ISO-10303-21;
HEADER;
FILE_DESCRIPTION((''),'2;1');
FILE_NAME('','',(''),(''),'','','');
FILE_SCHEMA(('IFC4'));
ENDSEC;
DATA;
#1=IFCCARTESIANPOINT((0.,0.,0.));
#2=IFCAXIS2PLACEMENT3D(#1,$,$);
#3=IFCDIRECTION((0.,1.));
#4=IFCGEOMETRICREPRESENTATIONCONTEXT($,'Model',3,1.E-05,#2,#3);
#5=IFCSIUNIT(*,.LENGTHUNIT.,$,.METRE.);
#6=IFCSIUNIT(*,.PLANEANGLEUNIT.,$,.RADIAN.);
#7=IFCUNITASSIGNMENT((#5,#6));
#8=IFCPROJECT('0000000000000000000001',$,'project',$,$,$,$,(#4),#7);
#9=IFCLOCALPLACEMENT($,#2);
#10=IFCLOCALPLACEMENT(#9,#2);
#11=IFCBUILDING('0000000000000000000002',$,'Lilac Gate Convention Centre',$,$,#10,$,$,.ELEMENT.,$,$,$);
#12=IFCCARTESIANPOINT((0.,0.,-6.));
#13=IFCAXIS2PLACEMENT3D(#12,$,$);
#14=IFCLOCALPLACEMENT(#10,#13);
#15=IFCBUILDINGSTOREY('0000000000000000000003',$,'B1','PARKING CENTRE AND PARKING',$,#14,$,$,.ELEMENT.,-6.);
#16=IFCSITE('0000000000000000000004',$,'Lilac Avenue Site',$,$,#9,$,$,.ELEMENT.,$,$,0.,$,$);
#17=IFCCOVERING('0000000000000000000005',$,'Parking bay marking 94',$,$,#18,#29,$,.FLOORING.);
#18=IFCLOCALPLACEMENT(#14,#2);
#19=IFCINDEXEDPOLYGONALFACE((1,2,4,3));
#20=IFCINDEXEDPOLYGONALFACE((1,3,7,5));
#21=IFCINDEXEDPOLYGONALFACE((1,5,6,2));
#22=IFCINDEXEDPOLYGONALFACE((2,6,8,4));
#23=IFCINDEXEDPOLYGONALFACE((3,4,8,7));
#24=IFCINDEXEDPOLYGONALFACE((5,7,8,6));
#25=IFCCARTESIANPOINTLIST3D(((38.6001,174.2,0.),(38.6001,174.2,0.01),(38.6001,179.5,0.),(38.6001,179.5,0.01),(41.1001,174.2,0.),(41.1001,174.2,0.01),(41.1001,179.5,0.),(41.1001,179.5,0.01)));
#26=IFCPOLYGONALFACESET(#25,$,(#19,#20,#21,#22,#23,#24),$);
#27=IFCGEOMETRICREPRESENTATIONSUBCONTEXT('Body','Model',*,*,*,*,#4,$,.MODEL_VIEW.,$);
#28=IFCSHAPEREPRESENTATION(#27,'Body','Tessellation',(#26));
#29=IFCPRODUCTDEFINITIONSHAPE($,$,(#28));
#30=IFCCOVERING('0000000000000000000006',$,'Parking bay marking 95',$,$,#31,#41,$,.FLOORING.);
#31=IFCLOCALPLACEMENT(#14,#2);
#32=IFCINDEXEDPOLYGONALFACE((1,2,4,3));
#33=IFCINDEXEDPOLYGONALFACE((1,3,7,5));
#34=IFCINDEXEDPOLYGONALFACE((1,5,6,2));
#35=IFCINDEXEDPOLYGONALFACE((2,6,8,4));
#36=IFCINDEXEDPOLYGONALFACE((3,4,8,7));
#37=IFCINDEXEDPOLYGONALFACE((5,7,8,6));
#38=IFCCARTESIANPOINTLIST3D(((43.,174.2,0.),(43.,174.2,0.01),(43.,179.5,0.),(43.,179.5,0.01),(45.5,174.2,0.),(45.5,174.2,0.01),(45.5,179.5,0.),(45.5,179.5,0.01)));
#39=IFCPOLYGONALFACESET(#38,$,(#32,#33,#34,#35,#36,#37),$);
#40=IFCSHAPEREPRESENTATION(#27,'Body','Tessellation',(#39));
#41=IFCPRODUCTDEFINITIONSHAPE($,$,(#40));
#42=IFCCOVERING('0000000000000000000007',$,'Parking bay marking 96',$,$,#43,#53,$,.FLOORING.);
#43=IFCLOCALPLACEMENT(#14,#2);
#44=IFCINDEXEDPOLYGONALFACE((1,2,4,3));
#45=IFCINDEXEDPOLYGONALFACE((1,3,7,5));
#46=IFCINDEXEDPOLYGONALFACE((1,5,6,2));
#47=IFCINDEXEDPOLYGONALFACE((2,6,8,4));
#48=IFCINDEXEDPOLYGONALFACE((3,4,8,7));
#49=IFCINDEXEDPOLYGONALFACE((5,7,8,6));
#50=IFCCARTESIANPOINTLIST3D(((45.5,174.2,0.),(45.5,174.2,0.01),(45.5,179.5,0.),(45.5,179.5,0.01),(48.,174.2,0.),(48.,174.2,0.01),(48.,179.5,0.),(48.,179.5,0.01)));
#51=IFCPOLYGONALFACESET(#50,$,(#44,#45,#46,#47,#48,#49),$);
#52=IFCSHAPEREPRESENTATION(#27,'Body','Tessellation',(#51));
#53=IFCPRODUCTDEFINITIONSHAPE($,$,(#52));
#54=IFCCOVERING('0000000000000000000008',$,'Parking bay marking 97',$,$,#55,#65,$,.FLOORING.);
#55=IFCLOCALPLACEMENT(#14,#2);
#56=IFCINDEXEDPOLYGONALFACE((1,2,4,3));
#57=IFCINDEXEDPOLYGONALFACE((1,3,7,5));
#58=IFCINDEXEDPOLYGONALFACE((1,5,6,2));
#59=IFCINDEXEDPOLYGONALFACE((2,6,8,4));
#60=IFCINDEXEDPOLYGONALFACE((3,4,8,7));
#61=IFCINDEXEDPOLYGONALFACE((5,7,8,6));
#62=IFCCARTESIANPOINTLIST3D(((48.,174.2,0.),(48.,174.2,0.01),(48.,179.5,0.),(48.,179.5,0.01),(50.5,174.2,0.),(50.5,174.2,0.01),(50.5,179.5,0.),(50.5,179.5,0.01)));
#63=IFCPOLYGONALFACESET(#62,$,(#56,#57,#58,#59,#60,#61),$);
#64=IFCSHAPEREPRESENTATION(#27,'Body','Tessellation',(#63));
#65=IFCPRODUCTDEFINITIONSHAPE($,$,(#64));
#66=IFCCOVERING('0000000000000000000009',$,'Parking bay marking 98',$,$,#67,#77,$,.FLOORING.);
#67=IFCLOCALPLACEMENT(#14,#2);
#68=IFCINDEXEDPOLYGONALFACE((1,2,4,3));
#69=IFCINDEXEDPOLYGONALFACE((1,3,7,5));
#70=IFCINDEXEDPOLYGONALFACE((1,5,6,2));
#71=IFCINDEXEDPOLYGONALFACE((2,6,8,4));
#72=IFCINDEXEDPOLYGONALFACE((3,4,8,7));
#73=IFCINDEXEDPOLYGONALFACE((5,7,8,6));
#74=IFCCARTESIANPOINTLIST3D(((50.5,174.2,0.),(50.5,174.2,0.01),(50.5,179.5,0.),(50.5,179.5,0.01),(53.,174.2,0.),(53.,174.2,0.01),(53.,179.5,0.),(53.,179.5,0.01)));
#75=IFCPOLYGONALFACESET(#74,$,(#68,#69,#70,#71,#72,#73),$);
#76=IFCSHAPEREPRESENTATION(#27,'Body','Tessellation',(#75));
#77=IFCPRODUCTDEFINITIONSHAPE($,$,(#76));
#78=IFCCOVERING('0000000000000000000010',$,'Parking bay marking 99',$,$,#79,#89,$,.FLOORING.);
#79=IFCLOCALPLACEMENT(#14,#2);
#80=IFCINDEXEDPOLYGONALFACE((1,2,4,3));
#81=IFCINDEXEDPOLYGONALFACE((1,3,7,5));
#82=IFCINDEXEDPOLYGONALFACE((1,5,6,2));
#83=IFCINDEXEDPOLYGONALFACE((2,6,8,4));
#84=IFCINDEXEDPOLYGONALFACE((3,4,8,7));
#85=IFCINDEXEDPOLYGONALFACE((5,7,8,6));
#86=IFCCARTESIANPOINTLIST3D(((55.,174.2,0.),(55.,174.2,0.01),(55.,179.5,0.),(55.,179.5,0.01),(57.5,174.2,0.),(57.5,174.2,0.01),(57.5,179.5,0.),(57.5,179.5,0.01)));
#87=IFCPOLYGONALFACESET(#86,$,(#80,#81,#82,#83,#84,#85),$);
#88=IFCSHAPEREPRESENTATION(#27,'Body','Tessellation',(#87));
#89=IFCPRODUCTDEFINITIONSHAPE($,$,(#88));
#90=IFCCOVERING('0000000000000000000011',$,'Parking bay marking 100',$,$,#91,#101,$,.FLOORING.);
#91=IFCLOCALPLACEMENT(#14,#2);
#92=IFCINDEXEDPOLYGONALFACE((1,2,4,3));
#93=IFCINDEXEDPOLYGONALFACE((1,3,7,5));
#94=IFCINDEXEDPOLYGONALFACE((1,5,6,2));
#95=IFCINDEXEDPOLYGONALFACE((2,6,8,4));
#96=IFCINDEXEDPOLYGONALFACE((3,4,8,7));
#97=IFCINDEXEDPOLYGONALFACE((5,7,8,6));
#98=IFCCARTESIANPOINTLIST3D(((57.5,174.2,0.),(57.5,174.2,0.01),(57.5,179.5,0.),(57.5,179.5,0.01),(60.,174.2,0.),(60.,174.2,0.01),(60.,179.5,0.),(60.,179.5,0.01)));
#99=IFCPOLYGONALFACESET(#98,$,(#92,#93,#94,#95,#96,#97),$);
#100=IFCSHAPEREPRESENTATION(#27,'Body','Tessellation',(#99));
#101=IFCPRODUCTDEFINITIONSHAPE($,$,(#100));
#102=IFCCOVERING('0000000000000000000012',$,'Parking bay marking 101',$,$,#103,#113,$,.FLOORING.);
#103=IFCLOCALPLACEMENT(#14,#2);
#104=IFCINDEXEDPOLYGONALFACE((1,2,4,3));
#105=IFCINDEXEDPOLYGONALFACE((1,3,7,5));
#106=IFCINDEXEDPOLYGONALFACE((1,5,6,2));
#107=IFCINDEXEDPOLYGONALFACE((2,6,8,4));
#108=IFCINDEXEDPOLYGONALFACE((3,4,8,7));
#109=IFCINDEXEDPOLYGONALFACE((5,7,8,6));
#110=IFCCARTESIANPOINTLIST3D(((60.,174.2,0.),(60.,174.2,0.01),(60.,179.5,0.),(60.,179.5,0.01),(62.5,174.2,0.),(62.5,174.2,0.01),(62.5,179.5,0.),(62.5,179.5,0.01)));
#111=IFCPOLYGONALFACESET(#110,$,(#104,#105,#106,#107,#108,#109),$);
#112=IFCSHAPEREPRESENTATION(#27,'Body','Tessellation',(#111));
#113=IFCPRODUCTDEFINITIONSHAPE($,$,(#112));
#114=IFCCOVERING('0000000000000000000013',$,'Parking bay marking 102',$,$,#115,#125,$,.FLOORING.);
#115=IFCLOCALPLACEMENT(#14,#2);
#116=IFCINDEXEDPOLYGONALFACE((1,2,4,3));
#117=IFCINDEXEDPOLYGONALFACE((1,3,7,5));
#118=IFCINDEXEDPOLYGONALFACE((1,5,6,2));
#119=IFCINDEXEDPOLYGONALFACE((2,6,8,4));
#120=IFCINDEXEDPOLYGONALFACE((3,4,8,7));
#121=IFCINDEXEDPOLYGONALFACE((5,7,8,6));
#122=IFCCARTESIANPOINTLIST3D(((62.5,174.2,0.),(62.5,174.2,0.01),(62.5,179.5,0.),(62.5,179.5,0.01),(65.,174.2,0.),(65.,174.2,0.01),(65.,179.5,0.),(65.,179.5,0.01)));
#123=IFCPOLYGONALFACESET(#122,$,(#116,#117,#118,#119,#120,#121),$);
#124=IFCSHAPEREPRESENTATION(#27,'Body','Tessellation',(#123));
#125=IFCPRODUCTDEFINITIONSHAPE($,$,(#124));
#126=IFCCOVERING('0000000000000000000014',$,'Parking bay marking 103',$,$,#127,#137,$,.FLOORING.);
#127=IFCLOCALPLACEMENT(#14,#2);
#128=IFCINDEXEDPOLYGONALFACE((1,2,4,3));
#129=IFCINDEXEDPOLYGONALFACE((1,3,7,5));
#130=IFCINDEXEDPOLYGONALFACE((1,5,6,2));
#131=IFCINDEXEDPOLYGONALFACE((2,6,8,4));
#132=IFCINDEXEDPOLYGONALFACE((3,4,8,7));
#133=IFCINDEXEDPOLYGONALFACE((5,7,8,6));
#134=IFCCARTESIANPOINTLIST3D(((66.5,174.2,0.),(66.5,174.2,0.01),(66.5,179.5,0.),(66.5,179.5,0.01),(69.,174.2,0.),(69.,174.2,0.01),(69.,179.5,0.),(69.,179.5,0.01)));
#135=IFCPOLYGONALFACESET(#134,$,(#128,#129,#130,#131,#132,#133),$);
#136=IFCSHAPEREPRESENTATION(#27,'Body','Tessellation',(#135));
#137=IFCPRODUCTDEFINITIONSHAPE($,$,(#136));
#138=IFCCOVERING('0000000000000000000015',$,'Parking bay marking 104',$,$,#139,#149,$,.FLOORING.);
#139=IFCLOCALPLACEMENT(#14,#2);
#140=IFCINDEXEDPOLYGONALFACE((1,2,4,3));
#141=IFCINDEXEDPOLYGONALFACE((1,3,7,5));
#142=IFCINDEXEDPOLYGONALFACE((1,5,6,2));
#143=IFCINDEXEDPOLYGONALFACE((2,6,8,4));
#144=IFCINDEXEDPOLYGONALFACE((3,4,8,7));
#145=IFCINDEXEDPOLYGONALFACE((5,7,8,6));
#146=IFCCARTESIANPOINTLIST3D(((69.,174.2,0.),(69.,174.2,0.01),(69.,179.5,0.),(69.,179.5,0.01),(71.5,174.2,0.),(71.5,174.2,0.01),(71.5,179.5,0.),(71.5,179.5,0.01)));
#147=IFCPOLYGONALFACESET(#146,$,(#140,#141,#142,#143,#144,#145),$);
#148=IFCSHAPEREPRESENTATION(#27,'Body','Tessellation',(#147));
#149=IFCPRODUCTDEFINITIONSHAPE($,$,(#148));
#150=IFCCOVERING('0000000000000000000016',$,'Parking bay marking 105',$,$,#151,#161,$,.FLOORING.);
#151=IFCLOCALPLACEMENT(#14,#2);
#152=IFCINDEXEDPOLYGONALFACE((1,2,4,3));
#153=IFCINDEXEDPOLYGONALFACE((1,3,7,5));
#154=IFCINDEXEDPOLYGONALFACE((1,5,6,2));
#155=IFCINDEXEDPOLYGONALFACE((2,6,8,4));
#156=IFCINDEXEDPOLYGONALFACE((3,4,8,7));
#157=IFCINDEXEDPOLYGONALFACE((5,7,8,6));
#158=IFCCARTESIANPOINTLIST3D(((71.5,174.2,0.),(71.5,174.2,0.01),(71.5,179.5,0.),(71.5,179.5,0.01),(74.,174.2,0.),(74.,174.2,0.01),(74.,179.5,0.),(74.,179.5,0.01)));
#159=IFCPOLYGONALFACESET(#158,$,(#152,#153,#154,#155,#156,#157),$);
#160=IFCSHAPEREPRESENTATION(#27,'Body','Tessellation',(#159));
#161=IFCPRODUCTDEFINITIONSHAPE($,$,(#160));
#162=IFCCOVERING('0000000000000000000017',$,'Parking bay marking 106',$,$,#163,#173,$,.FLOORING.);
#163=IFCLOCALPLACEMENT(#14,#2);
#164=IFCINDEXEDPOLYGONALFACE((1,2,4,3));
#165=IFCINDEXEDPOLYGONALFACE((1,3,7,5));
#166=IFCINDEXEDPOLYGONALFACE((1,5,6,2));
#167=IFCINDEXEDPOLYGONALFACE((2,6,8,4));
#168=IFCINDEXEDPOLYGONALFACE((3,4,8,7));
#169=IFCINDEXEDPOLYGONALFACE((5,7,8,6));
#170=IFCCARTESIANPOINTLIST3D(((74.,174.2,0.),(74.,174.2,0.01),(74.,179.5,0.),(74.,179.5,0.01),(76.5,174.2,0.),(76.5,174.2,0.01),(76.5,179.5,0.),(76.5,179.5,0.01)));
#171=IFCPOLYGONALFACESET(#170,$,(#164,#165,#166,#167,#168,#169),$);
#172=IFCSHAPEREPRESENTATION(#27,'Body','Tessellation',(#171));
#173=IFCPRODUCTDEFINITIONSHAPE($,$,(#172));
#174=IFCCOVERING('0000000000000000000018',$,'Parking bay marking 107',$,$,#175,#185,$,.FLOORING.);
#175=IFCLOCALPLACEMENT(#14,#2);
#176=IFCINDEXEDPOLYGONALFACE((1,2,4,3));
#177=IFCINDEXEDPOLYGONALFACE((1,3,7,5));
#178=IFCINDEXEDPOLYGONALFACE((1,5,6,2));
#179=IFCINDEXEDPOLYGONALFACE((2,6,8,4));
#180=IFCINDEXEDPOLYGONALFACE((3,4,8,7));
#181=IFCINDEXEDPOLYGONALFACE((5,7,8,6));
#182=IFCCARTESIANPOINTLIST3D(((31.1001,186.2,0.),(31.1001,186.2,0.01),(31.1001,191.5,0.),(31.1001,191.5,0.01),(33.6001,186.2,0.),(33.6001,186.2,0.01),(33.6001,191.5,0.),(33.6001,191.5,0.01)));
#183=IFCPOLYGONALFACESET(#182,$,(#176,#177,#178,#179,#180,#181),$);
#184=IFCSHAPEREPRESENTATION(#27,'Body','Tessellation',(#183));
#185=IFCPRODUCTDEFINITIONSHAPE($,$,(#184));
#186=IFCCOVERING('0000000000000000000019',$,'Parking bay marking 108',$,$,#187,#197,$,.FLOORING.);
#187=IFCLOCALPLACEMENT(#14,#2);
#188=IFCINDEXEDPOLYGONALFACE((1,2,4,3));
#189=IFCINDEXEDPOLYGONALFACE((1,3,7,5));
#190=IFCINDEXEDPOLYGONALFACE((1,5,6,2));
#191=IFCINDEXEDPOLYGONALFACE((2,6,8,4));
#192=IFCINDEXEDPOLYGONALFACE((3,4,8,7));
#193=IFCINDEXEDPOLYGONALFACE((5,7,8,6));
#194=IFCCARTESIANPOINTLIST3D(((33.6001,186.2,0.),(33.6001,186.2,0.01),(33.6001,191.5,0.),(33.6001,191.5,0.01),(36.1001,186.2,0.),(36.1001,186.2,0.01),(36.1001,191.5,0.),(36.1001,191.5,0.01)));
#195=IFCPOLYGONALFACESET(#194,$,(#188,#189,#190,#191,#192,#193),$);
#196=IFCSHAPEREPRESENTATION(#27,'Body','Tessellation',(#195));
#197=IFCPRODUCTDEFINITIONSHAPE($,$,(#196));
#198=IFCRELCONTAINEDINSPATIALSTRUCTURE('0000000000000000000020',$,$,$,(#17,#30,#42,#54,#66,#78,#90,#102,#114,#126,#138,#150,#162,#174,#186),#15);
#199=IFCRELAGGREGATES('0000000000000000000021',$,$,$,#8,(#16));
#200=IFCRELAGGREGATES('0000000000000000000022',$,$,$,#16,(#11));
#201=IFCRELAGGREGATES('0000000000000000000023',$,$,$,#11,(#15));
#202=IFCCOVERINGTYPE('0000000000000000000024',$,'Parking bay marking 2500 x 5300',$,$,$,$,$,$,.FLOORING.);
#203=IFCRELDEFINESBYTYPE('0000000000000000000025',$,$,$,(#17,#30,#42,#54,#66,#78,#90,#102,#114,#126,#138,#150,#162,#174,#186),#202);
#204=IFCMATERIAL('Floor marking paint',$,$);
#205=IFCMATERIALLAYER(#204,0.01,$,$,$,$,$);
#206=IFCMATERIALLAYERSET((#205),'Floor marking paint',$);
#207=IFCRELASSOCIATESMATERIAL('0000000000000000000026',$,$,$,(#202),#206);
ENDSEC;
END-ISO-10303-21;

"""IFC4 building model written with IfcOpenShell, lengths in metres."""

from ifc_helpers import new_model, si_unit, direction, frame, origin, place, context, subcontext, project, spatial, polyline, outline, extrude, material, layer, layer_set, type_object, element, save


model = new_model("IFC4")

# Units and contexts
model_context = context("Model", 3, precision=1e-05, world=origin(), true_north=direction((0.0, 1.0)))
body_context = subcontext(model_context, "Body", "Model", "MODEL_VIEW")
ifc_project = project(units=[si_unit("LENGTHUNIT", "METRE"), si_unit("PLANEANGLEUNIT", "RADIAN")], contexts=[model_context])

# Site, building, storey
site_placement = place(None, origin())
site = spatial("IfcSite", under=ifc_project, at=site_placement, Name="Lilac Avenue Site", CompositionType="ELEMENT", RefElevation=0.0)
building_placement = place(site_placement, origin())
building = spatial("IfcBuilding", under=site, at=building_placement, Name="Lilac Gate Convention Centre", CompositionType="ELEMENT")
storey_placement = place(building_placement, frame((0.0, 0.0, -6.0)))
storey = spatial("IfcBuildingStorey", under=building, at=storey_placement, Name="B1", Description="PARKING CENTRE AND PARKING", CompositionType="ELEMENT", Elevation=-6.0)

# Coverings
ifc_material = material(Name="Floor marking paint")
ifc_layer = layer(ifc_material, 0.01)
ifc_layer_set = layer_set([ifc_layer], Name="Floor marking paint")
covering_type = type_object("IfcCoveringType", Name="Parking bay marking 2500 x 5300", PredefinedType="FLOORING", material=ifc_layer_set)
covering_1_placement = place(storey_placement, origin())
element("IfcCovering", 1, at=covering_1_placement, inside=storey, type_object=covering_type, Name="Parking bay marking 94", PredefinedType="FLOORING", context=body_context, shape_type="SweptSolid", body=[
    extrude(outline(polyline([(38.6001, 174.2), (41.1001, 174.2), (41.1001, 179.5), (38.6001, 179.5), (38.6001, 174.2)])), origin(), (0.0, 0.0, 1.0), 0.01),
])
covering_2_placement = place(storey_placement, origin())
element("IfcCovering", 2, at=covering_2_placement, inside=storey, type_object=covering_type, Name="Parking bay marking 95", PredefinedType="FLOORING", context=body_context, shape_type="SweptSolid", body=[
    extrude(outline(polyline([(43.0, 174.2), (45.5, 174.2), (45.5, 179.5), (43.0, 179.5), (43.0, 174.2)])), origin(), (0.0, 0.0, 1.0), 0.01),
])
covering_3_placement = place(storey_placement, origin())
element("IfcCovering", 3, at=covering_3_placement, inside=storey, type_object=covering_type, Name="Parking bay marking 96", PredefinedType="FLOORING", context=body_context, shape_type="SweptSolid", body=[
    extrude(outline(polyline([(45.5, 174.2), (48.0, 174.2), (48.0, 179.5), (45.5, 179.5), (45.5, 174.2)])), origin(), (0.0, 0.0, 1.0), 0.01),
])
covering_4_placement = place(storey_placement, origin())
element("IfcCovering", 4, at=covering_4_placement, inside=storey, type_object=covering_type, Name="Parking bay marking 97", PredefinedType="FLOORING", context=body_context, shape_type="SweptSolid", body=[
    extrude(outline(polyline([(48.0, 174.2), (50.5, 174.2), (50.5, 179.5), (48.0, 179.5), (48.0, 174.2)])), origin(), (0.0, 0.0, 1.0), 0.01),
])
covering_5_placement = place(storey_placement, origin())
element("IfcCovering", 5, at=covering_5_placement, inside=storey, type_object=covering_type, Name="Parking bay marking 98", PredefinedType="FLOORING", context=body_context, shape_type="SweptSolid", body=[
    extrude(outline(polyline([(50.5, 174.2), (53.0, 174.2), (53.0, 179.5), (50.5, 179.5), (50.5, 174.2)])), origin(), (0.0, 0.0, 1.0), 0.01),
])
covering_6_placement = place(storey_placement, origin())
element("IfcCovering", 6, at=covering_6_placement, inside=storey, type_object=covering_type, Name="Parking bay marking 99", PredefinedType="FLOORING", context=body_context, shape_type="SweptSolid", body=[
    extrude(outline(polyline([(55.0, 174.2), (57.5, 174.2), (57.5, 179.5), (55.0, 179.5), (55.0, 174.2)])), origin(), (0.0, 0.0, 1.0), 0.01),
])
covering_7_placement = place(storey_placement, origin())
element("IfcCovering", 7, at=covering_7_placement, inside=storey, type_object=covering_type, Name="Parking bay marking 100", PredefinedType="FLOORING", context=body_context, shape_type="SweptSolid", body=[
    extrude(outline(polyline([(57.5, 174.2), (60.0, 174.2), (60.0, 179.5), (57.5, 179.5), (57.5, 174.2)])), origin(), (0.0, 0.0, 1.0), 0.01),
])
covering_8_placement = place(storey_placement, origin())
element("IfcCovering", 8, at=covering_8_placement, inside=storey, type_object=covering_type, Name="Parking bay marking 101", PredefinedType="FLOORING", context=body_context, shape_type="SweptSolid", body=[
    extrude(outline(polyline([(60.0, 174.2), (62.5, 174.2), (62.5, 179.5), (60.0, 179.5), (60.0, 174.2)])), origin(), (0.0, 0.0, 1.0), 0.01),
])
covering_9_placement = place(storey_placement, origin())
element("IfcCovering", 9, at=covering_9_placement, inside=storey, type_object=covering_type, Name="Parking bay marking 102", PredefinedType="FLOORING", context=body_context, shape_type="SweptSolid", body=[
    extrude(outline(polyline([(62.5, 174.2), (65.0, 174.2), (65.0, 179.5), (62.5, 179.5), (62.5, 174.2)])), origin(), (0.0, 0.0, 1.0), 0.01),
])
covering_10_placement = place(storey_placement, origin())
element("IfcCovering", 10, at=covering_10_placement, inside=storey, type_object=covering_type, Name="Parking bay marking 103", PredefinedType="FLOORING", context=body_context, shape_type="SweptSolid", body=[
    extrude(outline(polyline([(66.5, 174.2), (69.0, 174.2), (69.0, 179.5), (66.5, 179.5), (66.5, 174.2)])), origin(), (0.0, 0.0, 1.0), 0.01),
])
covering_11_placement = place(storey_placement, origin())
element("IfcCovering", 11, at=covering_11_placement, inside=storey, type_object=covering_type, Name="Parking bay marking 104", PredefinedType="FLOORING", context=body_context, shape_type="SweptSolid", body=[
    extrude(outline(polyline([(69.0, 174.2), (71.5, 174.2), (71.5, 179.5), (69.0, 179.5), (69.0, 174.2)])), origin(), (0.0, 0.0, 1.0), 0.01),
])
covering_12_placement = place(storey_placement, origin())
element("IfcCovering", 12, at=covering_12_placement, inside=storey, type_object=covering_type, Name="Parking bay marking 105", PredefinedType="FLOORING", context=body_context, shape_type="SweptSolid", body=[
    extrude(outline(polyline([(71.5, 174.2), (74.0, 174.2), (74.0, 179.5), (71.5, 179.5), (71.5, 174.2)])), origin(), (0.0, 0.0, 1.0), 0.01),
])
covering_13_placement = place(storey_placement, origin())
element("IfcCovering", 13, at=covering_13_placement, inside=storey, type_object=covering_type, Name="Parking bay marking 106", PredefinedType="FLOORING", context=body_context, shape_type="SweptSolid", body=[
    extrude(outline(polyline([(74.0, 174.2), (76.5, 174.2), (76.5, 179.5), (74.0, 179.5), (74.0, 174.2)])), origin(), (0.0, 0.0, 1.0), 0.01),
])
covering_14_placement = place(storey_placement, origin())
element("IfcCovering", 14, at=covering_14_placement, inside=storey, type_object=covering_type, Name="Parking bay marking 107", PredefinedType="FLOORING", context=body_context, shape_type="SweptSolid", body=[
    extrude(outline(polyline([(31.1001, 186.2), (33.6001, 186.2), (33.6001, 191.5), (31.1001, 191.5), (31.1001, 186.2)])), origin(), (0.0, 0.0, 1.0), 0.01),
])
covering_15_placement = place(storey_placement, origin())
element("IfcCovering", 15, at=covering_15_placement, inside=storey, type_object=covering_type, Name="Parking bay marking 108", PredefinedType="FLOORING", context=body_context, shape_type="SweptSolid", body=[
    extrude(outline(polyline([(33.6001, 186.2), (36.1001, 186.2), (36.1001, 191.5), (33.6001, 191.5), (33.6001, 186.2)])), origin(), (0.0, 0.0, 1.0), 0.01),
])

save(model, "model.ifc")
